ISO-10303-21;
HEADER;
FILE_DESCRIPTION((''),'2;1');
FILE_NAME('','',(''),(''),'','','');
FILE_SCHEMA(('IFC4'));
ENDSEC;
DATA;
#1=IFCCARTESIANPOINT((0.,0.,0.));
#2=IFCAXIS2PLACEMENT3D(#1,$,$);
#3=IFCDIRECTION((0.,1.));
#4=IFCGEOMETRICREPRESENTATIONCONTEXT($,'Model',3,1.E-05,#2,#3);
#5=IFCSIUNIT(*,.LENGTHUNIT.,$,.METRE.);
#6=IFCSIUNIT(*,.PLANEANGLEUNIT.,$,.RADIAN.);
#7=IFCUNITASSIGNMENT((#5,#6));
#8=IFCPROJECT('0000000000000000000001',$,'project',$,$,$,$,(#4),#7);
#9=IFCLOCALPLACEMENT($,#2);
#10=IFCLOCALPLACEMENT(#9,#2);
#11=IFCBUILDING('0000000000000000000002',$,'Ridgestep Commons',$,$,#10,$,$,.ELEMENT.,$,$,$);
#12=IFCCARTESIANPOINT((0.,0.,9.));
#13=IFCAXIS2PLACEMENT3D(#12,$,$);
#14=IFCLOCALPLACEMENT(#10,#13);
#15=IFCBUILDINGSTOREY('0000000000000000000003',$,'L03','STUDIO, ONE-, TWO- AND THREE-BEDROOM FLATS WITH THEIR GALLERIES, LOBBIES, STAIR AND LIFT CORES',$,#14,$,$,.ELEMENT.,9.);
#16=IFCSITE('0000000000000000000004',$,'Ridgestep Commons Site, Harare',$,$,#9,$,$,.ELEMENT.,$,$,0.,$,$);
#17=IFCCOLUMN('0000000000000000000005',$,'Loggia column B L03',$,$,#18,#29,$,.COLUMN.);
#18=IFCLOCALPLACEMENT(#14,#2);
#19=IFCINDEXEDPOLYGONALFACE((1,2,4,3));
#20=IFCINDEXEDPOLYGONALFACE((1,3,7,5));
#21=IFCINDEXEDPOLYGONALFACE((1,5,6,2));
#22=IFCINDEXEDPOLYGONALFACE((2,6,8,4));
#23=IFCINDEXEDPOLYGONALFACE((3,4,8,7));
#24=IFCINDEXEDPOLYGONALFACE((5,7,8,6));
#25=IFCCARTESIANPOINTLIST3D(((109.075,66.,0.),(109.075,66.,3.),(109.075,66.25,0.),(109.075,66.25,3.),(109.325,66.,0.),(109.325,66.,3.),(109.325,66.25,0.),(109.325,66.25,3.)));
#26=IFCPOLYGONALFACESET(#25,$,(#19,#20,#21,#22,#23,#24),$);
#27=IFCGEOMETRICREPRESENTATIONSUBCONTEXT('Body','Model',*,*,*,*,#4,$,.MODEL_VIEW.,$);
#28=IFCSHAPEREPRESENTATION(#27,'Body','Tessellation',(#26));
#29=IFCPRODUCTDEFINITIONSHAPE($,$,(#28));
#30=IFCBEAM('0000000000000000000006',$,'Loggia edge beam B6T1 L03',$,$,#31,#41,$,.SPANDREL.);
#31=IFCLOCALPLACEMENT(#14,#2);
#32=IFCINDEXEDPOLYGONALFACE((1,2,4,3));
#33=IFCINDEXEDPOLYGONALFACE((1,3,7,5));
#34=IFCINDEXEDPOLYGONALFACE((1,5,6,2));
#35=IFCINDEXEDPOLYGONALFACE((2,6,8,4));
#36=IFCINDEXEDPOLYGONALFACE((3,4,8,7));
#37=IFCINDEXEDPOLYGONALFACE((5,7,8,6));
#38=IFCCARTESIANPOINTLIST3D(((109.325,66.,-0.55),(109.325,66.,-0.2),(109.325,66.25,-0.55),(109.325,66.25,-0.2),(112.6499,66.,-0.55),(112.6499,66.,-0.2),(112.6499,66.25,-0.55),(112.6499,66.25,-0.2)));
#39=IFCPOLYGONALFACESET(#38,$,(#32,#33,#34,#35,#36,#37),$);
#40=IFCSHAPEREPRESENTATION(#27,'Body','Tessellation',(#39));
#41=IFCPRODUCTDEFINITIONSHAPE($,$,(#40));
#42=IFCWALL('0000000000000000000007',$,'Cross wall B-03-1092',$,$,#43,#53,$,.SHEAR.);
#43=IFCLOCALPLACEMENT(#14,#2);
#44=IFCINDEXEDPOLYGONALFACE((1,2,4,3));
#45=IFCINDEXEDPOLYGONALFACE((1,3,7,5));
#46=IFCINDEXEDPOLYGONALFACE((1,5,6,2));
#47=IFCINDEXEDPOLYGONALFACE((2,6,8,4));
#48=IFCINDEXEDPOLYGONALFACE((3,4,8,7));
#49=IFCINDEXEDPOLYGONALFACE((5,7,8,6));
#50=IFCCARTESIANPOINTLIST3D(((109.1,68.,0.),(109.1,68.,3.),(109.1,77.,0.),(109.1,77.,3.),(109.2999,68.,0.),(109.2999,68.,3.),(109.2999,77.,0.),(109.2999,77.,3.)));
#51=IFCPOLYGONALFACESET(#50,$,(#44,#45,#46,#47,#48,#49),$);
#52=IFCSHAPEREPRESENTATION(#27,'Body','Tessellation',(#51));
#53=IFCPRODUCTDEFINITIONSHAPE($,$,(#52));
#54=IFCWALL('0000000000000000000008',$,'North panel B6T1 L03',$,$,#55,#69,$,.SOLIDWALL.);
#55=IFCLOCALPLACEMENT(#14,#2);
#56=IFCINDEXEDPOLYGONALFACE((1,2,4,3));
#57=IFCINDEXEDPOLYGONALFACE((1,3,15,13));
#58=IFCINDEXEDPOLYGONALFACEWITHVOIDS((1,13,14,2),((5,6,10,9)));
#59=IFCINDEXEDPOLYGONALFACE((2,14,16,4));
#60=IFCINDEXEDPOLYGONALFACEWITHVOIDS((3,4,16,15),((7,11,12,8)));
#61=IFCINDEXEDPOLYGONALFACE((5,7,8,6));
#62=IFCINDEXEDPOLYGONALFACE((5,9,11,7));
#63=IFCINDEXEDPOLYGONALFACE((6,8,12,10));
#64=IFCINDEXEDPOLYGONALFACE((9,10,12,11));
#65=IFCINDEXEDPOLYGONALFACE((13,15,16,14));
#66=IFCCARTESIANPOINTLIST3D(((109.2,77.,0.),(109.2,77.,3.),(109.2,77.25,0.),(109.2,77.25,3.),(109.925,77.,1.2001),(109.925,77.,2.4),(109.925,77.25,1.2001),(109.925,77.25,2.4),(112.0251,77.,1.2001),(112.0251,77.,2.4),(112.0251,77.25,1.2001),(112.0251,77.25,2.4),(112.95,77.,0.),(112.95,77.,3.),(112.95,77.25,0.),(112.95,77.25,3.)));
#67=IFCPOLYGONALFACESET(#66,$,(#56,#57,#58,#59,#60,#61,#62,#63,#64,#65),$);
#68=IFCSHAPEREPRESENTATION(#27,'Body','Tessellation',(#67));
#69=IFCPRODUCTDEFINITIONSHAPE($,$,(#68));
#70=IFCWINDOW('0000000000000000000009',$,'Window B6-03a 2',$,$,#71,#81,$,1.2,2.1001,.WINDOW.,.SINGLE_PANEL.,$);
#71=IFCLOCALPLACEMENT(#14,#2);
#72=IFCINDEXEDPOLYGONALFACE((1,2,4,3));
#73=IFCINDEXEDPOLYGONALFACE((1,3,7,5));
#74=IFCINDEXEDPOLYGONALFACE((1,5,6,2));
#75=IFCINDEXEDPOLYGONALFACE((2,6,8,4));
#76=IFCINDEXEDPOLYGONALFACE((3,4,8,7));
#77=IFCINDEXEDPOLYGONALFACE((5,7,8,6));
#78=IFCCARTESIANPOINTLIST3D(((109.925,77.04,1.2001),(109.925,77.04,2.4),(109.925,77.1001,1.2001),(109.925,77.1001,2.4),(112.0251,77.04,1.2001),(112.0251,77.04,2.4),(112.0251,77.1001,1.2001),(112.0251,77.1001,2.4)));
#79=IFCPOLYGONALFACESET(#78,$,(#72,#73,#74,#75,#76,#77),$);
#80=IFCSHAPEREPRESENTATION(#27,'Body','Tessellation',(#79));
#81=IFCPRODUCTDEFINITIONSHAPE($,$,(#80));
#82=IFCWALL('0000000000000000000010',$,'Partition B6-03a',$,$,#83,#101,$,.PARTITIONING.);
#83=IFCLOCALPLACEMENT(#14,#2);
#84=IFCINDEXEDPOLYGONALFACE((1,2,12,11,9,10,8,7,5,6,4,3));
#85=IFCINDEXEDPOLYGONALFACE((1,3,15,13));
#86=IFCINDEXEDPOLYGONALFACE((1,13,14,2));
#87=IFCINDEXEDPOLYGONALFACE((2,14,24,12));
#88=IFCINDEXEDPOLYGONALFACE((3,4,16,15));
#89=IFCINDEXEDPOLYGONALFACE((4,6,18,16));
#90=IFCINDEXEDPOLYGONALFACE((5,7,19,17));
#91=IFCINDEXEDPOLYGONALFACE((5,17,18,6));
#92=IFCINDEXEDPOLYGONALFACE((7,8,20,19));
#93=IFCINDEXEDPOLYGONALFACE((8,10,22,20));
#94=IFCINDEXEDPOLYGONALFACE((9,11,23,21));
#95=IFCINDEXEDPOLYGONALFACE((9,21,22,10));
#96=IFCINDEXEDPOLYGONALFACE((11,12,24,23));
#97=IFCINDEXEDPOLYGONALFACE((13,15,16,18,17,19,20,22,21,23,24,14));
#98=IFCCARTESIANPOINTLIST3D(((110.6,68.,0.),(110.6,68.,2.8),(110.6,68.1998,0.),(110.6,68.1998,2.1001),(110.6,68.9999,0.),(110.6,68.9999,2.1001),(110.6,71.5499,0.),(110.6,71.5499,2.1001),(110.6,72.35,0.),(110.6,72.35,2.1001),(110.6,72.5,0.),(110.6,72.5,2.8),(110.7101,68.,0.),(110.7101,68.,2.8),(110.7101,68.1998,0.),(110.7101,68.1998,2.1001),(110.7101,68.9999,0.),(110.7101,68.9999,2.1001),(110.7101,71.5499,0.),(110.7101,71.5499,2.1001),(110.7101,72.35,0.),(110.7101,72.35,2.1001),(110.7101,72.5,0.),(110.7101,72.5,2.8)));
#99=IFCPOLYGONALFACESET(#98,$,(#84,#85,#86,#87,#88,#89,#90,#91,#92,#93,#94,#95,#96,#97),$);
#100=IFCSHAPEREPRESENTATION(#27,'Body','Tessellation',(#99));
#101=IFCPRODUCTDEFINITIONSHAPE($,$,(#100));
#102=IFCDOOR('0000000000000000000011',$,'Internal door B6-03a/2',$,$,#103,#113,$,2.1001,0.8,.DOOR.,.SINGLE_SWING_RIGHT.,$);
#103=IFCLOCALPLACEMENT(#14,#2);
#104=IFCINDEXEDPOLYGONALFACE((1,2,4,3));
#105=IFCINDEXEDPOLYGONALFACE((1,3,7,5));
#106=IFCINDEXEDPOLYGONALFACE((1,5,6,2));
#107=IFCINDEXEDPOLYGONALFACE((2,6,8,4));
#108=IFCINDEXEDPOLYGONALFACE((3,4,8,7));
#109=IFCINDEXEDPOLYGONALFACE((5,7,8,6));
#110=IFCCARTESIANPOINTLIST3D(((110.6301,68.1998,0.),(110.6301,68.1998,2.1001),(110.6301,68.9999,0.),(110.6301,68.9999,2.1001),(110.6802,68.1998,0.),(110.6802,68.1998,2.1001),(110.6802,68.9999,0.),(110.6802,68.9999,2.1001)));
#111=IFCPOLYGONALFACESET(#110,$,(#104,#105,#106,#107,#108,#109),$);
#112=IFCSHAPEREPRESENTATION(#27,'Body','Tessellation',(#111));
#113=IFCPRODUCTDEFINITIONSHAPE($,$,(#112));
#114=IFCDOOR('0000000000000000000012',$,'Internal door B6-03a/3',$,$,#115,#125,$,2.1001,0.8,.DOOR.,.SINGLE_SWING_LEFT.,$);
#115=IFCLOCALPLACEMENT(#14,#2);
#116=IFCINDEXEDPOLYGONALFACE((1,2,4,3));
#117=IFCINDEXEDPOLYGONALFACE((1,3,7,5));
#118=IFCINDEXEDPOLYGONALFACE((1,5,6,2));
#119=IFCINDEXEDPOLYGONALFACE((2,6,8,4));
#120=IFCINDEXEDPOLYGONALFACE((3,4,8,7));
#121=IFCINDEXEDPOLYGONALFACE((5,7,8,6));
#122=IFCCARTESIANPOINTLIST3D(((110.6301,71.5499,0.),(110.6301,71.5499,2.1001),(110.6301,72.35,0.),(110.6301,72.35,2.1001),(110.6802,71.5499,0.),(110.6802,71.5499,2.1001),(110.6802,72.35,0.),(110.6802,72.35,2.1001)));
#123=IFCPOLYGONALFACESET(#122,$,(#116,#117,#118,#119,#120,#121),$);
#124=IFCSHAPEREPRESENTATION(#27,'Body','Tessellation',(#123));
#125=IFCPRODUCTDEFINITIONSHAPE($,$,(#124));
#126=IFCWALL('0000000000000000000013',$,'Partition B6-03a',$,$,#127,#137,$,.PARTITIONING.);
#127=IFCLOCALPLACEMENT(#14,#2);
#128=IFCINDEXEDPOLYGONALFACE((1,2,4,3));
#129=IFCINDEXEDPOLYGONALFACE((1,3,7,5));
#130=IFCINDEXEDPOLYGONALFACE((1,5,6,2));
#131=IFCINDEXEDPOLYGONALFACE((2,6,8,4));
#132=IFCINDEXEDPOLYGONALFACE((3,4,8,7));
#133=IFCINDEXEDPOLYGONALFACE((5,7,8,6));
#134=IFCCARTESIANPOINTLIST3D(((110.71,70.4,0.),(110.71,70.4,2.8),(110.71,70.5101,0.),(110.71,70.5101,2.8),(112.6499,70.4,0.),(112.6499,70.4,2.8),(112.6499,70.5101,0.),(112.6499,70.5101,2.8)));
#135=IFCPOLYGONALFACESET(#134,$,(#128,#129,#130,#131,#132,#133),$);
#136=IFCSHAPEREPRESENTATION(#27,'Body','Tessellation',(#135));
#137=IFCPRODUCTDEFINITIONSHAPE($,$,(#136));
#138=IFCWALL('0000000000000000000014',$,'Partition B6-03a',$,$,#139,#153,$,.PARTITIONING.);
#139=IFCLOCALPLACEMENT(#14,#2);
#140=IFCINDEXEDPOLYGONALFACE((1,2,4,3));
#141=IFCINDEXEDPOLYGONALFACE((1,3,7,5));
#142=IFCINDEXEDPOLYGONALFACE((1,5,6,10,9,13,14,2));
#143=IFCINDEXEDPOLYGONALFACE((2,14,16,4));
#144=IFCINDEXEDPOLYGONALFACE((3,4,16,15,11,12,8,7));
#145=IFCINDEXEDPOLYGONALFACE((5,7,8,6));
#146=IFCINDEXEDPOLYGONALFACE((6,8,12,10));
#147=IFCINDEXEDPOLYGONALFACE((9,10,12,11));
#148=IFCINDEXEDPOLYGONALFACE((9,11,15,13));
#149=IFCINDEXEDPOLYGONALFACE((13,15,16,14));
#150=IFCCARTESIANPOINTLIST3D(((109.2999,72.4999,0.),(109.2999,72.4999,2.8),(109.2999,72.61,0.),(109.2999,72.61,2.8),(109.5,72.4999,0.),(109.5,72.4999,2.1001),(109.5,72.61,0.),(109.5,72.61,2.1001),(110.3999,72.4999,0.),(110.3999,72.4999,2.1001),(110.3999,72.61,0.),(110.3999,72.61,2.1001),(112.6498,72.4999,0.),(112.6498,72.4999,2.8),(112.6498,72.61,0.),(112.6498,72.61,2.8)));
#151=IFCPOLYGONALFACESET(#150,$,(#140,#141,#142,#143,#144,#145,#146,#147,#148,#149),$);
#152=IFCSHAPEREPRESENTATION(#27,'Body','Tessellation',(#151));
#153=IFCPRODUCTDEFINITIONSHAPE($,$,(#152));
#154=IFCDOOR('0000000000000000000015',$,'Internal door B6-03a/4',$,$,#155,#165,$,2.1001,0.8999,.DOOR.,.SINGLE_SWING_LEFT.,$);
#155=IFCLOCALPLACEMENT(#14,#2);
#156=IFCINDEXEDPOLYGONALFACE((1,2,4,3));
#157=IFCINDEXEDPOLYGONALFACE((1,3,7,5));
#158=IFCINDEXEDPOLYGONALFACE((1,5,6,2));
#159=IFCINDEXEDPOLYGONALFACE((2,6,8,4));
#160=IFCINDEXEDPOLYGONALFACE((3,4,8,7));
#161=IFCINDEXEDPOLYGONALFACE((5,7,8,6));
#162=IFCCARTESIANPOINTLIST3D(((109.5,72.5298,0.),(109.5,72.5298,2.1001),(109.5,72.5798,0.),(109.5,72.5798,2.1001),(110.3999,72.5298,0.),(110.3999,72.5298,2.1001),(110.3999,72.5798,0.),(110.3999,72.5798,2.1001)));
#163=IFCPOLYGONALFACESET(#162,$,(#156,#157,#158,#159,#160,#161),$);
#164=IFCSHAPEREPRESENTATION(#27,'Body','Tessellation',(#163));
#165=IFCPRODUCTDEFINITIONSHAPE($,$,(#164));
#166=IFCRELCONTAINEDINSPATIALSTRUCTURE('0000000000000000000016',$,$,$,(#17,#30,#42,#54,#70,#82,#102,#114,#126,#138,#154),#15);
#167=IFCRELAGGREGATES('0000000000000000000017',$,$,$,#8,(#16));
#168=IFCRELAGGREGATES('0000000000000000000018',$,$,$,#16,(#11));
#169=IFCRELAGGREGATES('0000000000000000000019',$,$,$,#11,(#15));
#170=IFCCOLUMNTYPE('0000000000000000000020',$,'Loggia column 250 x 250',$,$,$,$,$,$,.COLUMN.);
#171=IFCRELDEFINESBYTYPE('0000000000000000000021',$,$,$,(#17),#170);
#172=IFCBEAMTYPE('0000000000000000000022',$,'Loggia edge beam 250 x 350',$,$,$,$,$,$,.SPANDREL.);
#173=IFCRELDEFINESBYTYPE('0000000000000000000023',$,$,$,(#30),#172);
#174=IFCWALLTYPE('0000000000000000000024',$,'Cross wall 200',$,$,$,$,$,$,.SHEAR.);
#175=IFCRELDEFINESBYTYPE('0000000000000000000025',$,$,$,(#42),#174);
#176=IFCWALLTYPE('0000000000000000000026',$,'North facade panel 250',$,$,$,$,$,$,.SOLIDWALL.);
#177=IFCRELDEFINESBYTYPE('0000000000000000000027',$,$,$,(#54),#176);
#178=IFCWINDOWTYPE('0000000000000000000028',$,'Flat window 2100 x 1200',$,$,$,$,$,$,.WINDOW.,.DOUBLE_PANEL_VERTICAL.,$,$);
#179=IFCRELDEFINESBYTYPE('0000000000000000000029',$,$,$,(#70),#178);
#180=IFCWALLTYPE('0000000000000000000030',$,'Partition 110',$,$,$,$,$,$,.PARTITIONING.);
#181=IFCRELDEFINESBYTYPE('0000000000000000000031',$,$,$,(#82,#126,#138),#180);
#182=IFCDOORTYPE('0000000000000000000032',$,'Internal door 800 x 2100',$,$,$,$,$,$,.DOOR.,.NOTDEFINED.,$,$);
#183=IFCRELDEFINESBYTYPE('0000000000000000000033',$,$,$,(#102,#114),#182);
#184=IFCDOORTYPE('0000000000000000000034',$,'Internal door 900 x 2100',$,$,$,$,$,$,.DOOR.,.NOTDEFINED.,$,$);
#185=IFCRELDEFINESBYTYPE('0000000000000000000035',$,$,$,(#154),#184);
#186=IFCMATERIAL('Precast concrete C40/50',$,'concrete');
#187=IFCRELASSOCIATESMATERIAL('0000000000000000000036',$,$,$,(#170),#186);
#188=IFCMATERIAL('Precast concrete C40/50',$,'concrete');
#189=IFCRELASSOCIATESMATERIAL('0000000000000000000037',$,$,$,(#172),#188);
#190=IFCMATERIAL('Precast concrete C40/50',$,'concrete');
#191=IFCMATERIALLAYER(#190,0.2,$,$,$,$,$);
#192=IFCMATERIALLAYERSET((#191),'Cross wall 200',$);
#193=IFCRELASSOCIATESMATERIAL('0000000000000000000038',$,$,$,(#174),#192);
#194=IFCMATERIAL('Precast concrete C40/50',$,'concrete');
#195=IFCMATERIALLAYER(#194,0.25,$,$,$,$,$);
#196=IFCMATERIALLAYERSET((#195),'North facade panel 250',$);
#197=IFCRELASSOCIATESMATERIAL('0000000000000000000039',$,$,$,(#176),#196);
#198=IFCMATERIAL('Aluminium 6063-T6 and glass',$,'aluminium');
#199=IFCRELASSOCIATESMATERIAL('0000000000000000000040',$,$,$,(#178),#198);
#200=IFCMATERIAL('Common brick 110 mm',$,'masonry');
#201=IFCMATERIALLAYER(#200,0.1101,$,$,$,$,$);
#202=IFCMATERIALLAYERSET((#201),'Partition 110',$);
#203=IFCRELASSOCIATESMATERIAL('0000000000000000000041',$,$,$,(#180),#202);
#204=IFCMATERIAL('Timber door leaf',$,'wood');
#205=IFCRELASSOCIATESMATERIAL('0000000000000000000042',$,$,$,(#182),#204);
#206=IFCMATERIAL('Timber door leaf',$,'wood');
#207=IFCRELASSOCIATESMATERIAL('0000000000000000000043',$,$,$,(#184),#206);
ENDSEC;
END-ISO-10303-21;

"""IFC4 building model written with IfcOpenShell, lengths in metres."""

from ifc_helpers import new_model, si_unit, direction, frame, frame_2d, origin, origin_2d, place, context, subcontext, project, spatial, rectangle, extrude, material, layer, layer_set, material_profile, profile_set, type_object, element, fill, save


model = new_model("IFC4")

# Units and contexts
model_context = context("Model", 3, precision=1e-05, world=origin(), true_north=direction((0.0, 1.0)))
body_context = subcontext(model_context, "Body", "Model", "MODEL_VIEW")
ifc_project = project(units=[si_unit("LENGTHUNIT", "METRE"), si_unit("PLANEANGLEUNIT", "RADIAN")], contexts=[model_context])

# Site, building, storey
site_placement = place(None, origin())
site = spatial("IfcSite", under=ifc_project, at=site_placement, Name="Ridgestep Commons Site, Harare", CompositionType="ELEMENT", RefElevation=0.0)
building_placement = place(site_placement, origin())
building = spatial("IfcBuilding", under=site, at=building_placement, Name="Ridgestep Commons", CompositionType="ELEMENT")
storey_placement = place(building_placement, frame((0.0, 0.0, 9.0)))
storey = spatial("IfcBuildingStorey", under=building, at=storey_placement, Name="L03", Description="STUDIO, ONE-, TWO- AND THREE-BEDROOM FLATS WITH THEIR GALLERIES, LOBBIES, STAIR AND LIFT CORES", CompositionType="ELEMENT", Elevation=9.0)

# Column
ifc_material_1 = material(Name="Precast concrete C40/50", Category="concrete")
ifc_material_profile_1 = material_profile(ifc_material_1, rectangle(XDim=0.25, YDim=0.25, at=origin_2d()), Name="PC 250x250")
ifc_profile_set_1 = profile_set([ifc_material_profile_1], Name="Precast concrete C40/50")
column_type = type_object("IfcColumnType", Name="Loggia column 250 x 250", PredefinedType="COLUMN", material=ifc_profile_set_1)
column_placement = place(storey_placement, frame((109.2, 66.125, 0.0), z_axis=(0.0, 0.0, 1.0), x_axis=(1.0, 0.0, 0.0)))
element("IfcColumn", 1, at=column_placement, inside=storey, type_object=column_type, Name="Loggia column B L03", PredefinedType="COLUMN", context=body_context, shape_type="SweptSolid", body=[
    extrude(rectangle(XDim=0.25, YDim=0.25, at=origin_2d()), origin(), (0.0, 0.0, 1.0), 3.0),
])

# Beam
ifc_material_2 = material(Name="Precast concrete C40/50", Category="concrete")
ifc_material_profile_2 = material_profile(ifc_material_2, rectangle(XDim=0.25, YDim=0.3501, at=origin_2d()), Name="PC 250x350")
ifc_profile_set_2 = profile_set([ifc_material_profile_2], Name="Precast concrete C40/50")
beam_type = type_object("IfcBeamType", Name="Loggia edge beam 250 x 350", PredefinedType="SPANDREL", material=ifc_profile_set_2)
beam_placement = place(storey_placement, frame((109.325, 66.125, -0.375), z_axis=(1.0, 0.0, 0.0), x_axis=(0.0, 1.0, 0.0)))
element("IfcBeam", 2, at=beam_placement, inside=storey, type_object=beam_type, Name="Loggia edge beam B6T1 L03", PredefinedType="SPANDREL", context=body_context, shape_type="SweptSolid", body=[
    extrude(rectangle(XDim=0.25, YDim=0.3501, at=origin_2d()), origin(), (0.0, 0.0, 1.0), 3.325),
])

# Wall
ifc_material_3 = material(Name="Precast concrete C40/50", Category="concrete")
ifc_layer_1 = layer(ifc_material_3, 0.2)
ifc_layer_set_1 = layer_set([ifc_layer_1], Name="Cross wall 200")
wall_type_1 = type_object("IfcWallType", Name="Cross wall 200", PredefinedType="SHEAR", material=ifc_layer_set_1)
wall_1_placement = place(storey_placement, frame((109.2, 68.0, 0.0), z_axis=(0.0, 0.0, 1.0), x_axis=(0.0, 1.0, 0.0)))
element("IfcWall", 3, at=wall_1_placement, inside=storey, type_object=wall_type_1, Name="Cross wall B-03-1092", PredefinedType="SHEAR", context=body_context, shape_type="SweptSolid", body=[
    extrude(rectangle(XDim=9.0, YDim=0.2, at=frame_2d((4.5, 0.0))), origin(), (0.0, 0.0, 1.0), 3.0),
])

# Wall, opening, window
ifc_material_4 = material(Name="Precast concrete C40/50", Category="concrete")
ifc_layer_2 = layer(ifc_material_4, 0.25)
ifc_layer_set_2 = layer_set([ifc_layer_2], Name="North facade panel 250")
wall_type_2 = type_object("IfcWallType", Name="North facade panel 250", PredefinedType="SOLIDWALL", material=ifc_layer_set_2)
wall_2_placement = place(storey_placement, frame((109.2, 77.125, 0.0), z_axis=(0.0, 0.0, 1.0), x_axis=(1.0, 0.0, 0.0)))
wall_2 = element("IfcWall", 4, at=wall_2_placement, inside=storey, type_object=wall_type_2, Name="North panel B6T1 L03", PredefinedType="SOLIDWALL", context=body_context, shape_type="SweptSolid", body=[
    extrude(rectangle(XDim=3.75, YDim=0.25, at=frame_2d((1.875, 0.0))), origin(), (0.0, 0.0, 1.0), 3.0),
])
opening_1_placement = place(wall_2_placement, frame((0.7251, 0.0, 1.2)))
opening_1 = element("IfcOpeningElement", 5, at=opening_1_placement, cuts=wall_2, PredefinedType="OPENING", context=body_context, shape_type="SweptSolid", body=[
    extrude(rectangle(XDim=2.1001, YDim=1.2, at=frame_2d((1.05, 0.6001))), frame((0.0, 0.135, 0.0), z_axis=(0.0, -1.0, 0.0), x_axis=(1.0, 0.0, 0.0)), (0.0, 0.0, 1.0), 0.27),
])
ifc_material_5 = material(Name="Aluminium 6063-T6 and glass", Category="aluminium")
window_type_1 = type_object("IfcWindowType", Name="Flat window 2100 x 1200", PartitioningType="DOUBLE_PANEL_VERTICAL", PredefinedType="WINDOW", material=ifc_material_5)
window_1_placement = place(opening_1_placement, origin())
window_1 = element("IfcWindow", 6, at=window_1_placement, inside=storey, type_object=window_type_1, Name="Window B6-03a 2", OverallHeight=1.2, OverallWidth=2.1001, PartitioningType="SINGLE_PANEL", PredefinedType="WINDOW", context=body_context, shape_type="SweptSolid", body=[
    extrude(rectangle(XDim=2.1001, YDim=1.2, at=frame_2d((1.05, 0.6001))), frame((0.0, -0.0249, 0.0), z_axis=(0.0, -1.0, 0.0), x_axis=(1.0, 0.0, 0.0)), (0.0, 0.0, 1.0), 0.0601),
])
fill(opening_1, window_1)

# Wall, openings, doors
ifc_material_6 = material(Name="Common brick 110 mm", Category="masonry")
ifc_layer_3 = layer(ifc_material_6, 0.1101)
ifc_layer_set_3 = layer_set([ifc_layer_3], Name="Partition 110")
wall_type_3 = type_object("IfcWallType", Name="Partition 110", PredefinedType="PARTITIONING", material=ifc_layer_set_3)
wall_3_placement = place(storey_placement, frame((110.655, 68.0, 0.0), z_axis=(0.0, 0.0, 1.0), x_axis=(0.0, 1.0, 0.0)))
wall_3 = element("IfcWall", 7, at=wall_3_placement, inside=storey, type_object=wall_type_3, Name="Partition B6-03a", PredefinedType="PARTITIONING", context=body_context, shape_type="SweptSolid", body=[
    extrude(rectangle(XDim=4.5, YDim=0.1101, at=frame_2d((2.25, 0.0))), origin(), (0.0, 0.0, 1.0), 2.8),
])
opening_2_placement = place(wall_3_placement, frame((0.2, 0.0, 0.0)))
opening_2 = element("IfcOpeningElement", 8, at=opening_2_placement, cuts=wall_3, PredefinedType="OPENING", context=body_context, shape_type="SweptSolid", body=[
    extrude(rectangle(XDim=0.8, YDim=2.1001, at=frame_2d((0.3999, 1.05))), frame((0.0, 0.0649, 0.0), z_axis=(0.0, -1.0, 0.0), x_axis=(1.0, 0.0, 0.0)), (0.0, 0.0, 1.0), 0.1301),
])
opening_3_placement = place(wall_3_placement, frame((3.55, 0.0, 0.0)))
opening_3 = element("IfcOpeningElement", 9, at=opening_3_placement, cuts=wall_3, PredefinedType="OPENING", context=body_context, shape_type="SweptSolid", body=[
    extrude(rectangle(XDim=0.8, YDim=2.1001, at=frame_2d((0.3999, 1.05))), frame((0.0, 0.0649, 0.0), z_axis=(0.0, -1.0, 0.0), x_axis=(1.0, 0.0, 0.0)), (0.0, 0.0, 1.0), 0.1301),
])
ifc_material_7 = material(Name="Timber door leaf", Category="wood")
door_type_1 = type_object("IfcDoorType", Name="Internal door 800 x 2100", OperationType="NOTDEFINED", PredefinedType="DOOR", material=ifc_material_7)
door_1_placement = place(opening_2_placement, origin())
door_1 = element("IfcDoor", 10, at=door_1_placement, inside=storey, type_object=door_type_1, Name="Internal door B6-03a/2", OperationType="SINGLE_SWING_RIGHT", OverallHeight=2.1001, OverallWidth=0.8, PredefinedType="DOOR", context=body_context, shape_type="SweptSolid", body=[
    extrude(rectangle(XDim=0.8, YDim=2.1001, at=frame_2d((0.3999, 1.05))), frame((0.0, 0.0249, 0.0), z_axis=(0.0, -1.0, 0.0), x_axis=(1.0, 0.0, 0.0)), (0.0, 0.0, 1.0), 0.05),
])
fill(opening_2, door_1)
door_2_placement = place(opening_3_placement, origin())
door_2 = element("IfcDoor", 11, at=door_2_placement, inside=storey, type_object=door_type_1, Name="Internal door B6-03a/3", OperationType="SINGLE_SWING_LEFT", OverallHeight=2.1001, OverallWidth=0.8, PredefinedType="DOOR", context=body_context, shape_type="SweptSolid", body=[
    extrude(rectangle(XDim=0.8, YDim=2.1001, at=frame_2d((0.3999, 1.05))), frame((0.0, 0.0249, 0.0), z_axis=(0.0, -1.0, 0.0), x_axis=(1.0, 0.0, 0.0)), (0.0, 0.0, 1.0), 0.05),
])
fill(opening_3, door_2)

# Wall
wall_4_placement = place(storey_placement, frame((110.71, 70.4551, 0.0), z_axis=(0.0, 0.0, 1.0), x_axis=(1.0, 0.0, 0.0)))
element("IfcWall", 12, at=wall_4_placement, inside=storey, type_object=wall_type_3, Name="Partition B6-03a", PredefinedType="PARTITIONING", context=body_context, shape_type="SweptSolid", body=[
    extrude(rectangle(XDim=1.9399, YDim=0.1101, at=frame_2d((0.97, 0.0))), origin(), (0.0, 0.0, 1.0), 2.8),
])

# Wall, opening, door
wall_5_placement = place(storey_placement, frame((109.3, 72.5549, 0.0), z_axis=(0.0, 0.0, 1.0), x_axis=(1.0, 0.0, 0.0)))
wall_5 = element("IfcWall", 13, at=wall_5_placement, inside=storey, type_object=wall_type_3, Name="Partition B6-03a", PredefinedType="PARTITIONING", context=body_context, shape_type="SweptSolid", body=[
    extrude(rectangle(XDim=3.3499, YDim=0.1101, at=frame_2d((1.6748, 0.0))), origin(), (0.0, 0.0, 1.0), 2.8),
])
opening_4_placement = place(wall_5_placement, frame((0.2, 0.0, 0.0)))
opening_4 = element("IfcOpeningElement", 14, at=opening_4_placement, cuts=wall_5, PredefinedType="OPENING", context=body_context, shape_type="SweptSolid", body=[
    extrude(rectangle(XDim=0.8999, YDim=2.1001, at=frame_2d((0.45, 1.05))), frame((0.0, 0.0649, 0.0), z_axis=(0.0, -1.0, 0.0), x_axis=(1.0, 0.0, 0.0)), (0.0, 0.0, 1.0), 0.1301),
])
ifc_material_8 = material(Name="Timber door leaf", Category="wood")
door_type_2 = type_object("IfcDoorType", Name="Internal door 900 x 2100", OperationType="NOTDEFINED", PredefinedType="DOOR", material=ifc_material_8)
door_3_placement = place(opening_4_placement, origin())
door_3 = element("IfcDoor", 15, at=door_3_placement, inside=storey, type_object=door_type_2, Name="Internal door B6-03a/4", OperationType="SINGLE_SWING_LEFT", OverallHeight=2.1001, OverallWidth=0.8999, PredefinedType="DOOR", context=body_context, shape_type="SweptSolid", body=[
    extrude(rectangle(XDim=0.8999, YDim=2.1001, at=frame_2d((0.45, 1.05))), frame((0.0, 0.0249, 0.0), z_axis=(0.0, -1.0, 0.0), x_axis=(1.0, 0.0, 0.0)), (0.0, 0.0, 1.0), 0.05),
])
fill(opening_4, door_3)

save(model, "model.ifc")
